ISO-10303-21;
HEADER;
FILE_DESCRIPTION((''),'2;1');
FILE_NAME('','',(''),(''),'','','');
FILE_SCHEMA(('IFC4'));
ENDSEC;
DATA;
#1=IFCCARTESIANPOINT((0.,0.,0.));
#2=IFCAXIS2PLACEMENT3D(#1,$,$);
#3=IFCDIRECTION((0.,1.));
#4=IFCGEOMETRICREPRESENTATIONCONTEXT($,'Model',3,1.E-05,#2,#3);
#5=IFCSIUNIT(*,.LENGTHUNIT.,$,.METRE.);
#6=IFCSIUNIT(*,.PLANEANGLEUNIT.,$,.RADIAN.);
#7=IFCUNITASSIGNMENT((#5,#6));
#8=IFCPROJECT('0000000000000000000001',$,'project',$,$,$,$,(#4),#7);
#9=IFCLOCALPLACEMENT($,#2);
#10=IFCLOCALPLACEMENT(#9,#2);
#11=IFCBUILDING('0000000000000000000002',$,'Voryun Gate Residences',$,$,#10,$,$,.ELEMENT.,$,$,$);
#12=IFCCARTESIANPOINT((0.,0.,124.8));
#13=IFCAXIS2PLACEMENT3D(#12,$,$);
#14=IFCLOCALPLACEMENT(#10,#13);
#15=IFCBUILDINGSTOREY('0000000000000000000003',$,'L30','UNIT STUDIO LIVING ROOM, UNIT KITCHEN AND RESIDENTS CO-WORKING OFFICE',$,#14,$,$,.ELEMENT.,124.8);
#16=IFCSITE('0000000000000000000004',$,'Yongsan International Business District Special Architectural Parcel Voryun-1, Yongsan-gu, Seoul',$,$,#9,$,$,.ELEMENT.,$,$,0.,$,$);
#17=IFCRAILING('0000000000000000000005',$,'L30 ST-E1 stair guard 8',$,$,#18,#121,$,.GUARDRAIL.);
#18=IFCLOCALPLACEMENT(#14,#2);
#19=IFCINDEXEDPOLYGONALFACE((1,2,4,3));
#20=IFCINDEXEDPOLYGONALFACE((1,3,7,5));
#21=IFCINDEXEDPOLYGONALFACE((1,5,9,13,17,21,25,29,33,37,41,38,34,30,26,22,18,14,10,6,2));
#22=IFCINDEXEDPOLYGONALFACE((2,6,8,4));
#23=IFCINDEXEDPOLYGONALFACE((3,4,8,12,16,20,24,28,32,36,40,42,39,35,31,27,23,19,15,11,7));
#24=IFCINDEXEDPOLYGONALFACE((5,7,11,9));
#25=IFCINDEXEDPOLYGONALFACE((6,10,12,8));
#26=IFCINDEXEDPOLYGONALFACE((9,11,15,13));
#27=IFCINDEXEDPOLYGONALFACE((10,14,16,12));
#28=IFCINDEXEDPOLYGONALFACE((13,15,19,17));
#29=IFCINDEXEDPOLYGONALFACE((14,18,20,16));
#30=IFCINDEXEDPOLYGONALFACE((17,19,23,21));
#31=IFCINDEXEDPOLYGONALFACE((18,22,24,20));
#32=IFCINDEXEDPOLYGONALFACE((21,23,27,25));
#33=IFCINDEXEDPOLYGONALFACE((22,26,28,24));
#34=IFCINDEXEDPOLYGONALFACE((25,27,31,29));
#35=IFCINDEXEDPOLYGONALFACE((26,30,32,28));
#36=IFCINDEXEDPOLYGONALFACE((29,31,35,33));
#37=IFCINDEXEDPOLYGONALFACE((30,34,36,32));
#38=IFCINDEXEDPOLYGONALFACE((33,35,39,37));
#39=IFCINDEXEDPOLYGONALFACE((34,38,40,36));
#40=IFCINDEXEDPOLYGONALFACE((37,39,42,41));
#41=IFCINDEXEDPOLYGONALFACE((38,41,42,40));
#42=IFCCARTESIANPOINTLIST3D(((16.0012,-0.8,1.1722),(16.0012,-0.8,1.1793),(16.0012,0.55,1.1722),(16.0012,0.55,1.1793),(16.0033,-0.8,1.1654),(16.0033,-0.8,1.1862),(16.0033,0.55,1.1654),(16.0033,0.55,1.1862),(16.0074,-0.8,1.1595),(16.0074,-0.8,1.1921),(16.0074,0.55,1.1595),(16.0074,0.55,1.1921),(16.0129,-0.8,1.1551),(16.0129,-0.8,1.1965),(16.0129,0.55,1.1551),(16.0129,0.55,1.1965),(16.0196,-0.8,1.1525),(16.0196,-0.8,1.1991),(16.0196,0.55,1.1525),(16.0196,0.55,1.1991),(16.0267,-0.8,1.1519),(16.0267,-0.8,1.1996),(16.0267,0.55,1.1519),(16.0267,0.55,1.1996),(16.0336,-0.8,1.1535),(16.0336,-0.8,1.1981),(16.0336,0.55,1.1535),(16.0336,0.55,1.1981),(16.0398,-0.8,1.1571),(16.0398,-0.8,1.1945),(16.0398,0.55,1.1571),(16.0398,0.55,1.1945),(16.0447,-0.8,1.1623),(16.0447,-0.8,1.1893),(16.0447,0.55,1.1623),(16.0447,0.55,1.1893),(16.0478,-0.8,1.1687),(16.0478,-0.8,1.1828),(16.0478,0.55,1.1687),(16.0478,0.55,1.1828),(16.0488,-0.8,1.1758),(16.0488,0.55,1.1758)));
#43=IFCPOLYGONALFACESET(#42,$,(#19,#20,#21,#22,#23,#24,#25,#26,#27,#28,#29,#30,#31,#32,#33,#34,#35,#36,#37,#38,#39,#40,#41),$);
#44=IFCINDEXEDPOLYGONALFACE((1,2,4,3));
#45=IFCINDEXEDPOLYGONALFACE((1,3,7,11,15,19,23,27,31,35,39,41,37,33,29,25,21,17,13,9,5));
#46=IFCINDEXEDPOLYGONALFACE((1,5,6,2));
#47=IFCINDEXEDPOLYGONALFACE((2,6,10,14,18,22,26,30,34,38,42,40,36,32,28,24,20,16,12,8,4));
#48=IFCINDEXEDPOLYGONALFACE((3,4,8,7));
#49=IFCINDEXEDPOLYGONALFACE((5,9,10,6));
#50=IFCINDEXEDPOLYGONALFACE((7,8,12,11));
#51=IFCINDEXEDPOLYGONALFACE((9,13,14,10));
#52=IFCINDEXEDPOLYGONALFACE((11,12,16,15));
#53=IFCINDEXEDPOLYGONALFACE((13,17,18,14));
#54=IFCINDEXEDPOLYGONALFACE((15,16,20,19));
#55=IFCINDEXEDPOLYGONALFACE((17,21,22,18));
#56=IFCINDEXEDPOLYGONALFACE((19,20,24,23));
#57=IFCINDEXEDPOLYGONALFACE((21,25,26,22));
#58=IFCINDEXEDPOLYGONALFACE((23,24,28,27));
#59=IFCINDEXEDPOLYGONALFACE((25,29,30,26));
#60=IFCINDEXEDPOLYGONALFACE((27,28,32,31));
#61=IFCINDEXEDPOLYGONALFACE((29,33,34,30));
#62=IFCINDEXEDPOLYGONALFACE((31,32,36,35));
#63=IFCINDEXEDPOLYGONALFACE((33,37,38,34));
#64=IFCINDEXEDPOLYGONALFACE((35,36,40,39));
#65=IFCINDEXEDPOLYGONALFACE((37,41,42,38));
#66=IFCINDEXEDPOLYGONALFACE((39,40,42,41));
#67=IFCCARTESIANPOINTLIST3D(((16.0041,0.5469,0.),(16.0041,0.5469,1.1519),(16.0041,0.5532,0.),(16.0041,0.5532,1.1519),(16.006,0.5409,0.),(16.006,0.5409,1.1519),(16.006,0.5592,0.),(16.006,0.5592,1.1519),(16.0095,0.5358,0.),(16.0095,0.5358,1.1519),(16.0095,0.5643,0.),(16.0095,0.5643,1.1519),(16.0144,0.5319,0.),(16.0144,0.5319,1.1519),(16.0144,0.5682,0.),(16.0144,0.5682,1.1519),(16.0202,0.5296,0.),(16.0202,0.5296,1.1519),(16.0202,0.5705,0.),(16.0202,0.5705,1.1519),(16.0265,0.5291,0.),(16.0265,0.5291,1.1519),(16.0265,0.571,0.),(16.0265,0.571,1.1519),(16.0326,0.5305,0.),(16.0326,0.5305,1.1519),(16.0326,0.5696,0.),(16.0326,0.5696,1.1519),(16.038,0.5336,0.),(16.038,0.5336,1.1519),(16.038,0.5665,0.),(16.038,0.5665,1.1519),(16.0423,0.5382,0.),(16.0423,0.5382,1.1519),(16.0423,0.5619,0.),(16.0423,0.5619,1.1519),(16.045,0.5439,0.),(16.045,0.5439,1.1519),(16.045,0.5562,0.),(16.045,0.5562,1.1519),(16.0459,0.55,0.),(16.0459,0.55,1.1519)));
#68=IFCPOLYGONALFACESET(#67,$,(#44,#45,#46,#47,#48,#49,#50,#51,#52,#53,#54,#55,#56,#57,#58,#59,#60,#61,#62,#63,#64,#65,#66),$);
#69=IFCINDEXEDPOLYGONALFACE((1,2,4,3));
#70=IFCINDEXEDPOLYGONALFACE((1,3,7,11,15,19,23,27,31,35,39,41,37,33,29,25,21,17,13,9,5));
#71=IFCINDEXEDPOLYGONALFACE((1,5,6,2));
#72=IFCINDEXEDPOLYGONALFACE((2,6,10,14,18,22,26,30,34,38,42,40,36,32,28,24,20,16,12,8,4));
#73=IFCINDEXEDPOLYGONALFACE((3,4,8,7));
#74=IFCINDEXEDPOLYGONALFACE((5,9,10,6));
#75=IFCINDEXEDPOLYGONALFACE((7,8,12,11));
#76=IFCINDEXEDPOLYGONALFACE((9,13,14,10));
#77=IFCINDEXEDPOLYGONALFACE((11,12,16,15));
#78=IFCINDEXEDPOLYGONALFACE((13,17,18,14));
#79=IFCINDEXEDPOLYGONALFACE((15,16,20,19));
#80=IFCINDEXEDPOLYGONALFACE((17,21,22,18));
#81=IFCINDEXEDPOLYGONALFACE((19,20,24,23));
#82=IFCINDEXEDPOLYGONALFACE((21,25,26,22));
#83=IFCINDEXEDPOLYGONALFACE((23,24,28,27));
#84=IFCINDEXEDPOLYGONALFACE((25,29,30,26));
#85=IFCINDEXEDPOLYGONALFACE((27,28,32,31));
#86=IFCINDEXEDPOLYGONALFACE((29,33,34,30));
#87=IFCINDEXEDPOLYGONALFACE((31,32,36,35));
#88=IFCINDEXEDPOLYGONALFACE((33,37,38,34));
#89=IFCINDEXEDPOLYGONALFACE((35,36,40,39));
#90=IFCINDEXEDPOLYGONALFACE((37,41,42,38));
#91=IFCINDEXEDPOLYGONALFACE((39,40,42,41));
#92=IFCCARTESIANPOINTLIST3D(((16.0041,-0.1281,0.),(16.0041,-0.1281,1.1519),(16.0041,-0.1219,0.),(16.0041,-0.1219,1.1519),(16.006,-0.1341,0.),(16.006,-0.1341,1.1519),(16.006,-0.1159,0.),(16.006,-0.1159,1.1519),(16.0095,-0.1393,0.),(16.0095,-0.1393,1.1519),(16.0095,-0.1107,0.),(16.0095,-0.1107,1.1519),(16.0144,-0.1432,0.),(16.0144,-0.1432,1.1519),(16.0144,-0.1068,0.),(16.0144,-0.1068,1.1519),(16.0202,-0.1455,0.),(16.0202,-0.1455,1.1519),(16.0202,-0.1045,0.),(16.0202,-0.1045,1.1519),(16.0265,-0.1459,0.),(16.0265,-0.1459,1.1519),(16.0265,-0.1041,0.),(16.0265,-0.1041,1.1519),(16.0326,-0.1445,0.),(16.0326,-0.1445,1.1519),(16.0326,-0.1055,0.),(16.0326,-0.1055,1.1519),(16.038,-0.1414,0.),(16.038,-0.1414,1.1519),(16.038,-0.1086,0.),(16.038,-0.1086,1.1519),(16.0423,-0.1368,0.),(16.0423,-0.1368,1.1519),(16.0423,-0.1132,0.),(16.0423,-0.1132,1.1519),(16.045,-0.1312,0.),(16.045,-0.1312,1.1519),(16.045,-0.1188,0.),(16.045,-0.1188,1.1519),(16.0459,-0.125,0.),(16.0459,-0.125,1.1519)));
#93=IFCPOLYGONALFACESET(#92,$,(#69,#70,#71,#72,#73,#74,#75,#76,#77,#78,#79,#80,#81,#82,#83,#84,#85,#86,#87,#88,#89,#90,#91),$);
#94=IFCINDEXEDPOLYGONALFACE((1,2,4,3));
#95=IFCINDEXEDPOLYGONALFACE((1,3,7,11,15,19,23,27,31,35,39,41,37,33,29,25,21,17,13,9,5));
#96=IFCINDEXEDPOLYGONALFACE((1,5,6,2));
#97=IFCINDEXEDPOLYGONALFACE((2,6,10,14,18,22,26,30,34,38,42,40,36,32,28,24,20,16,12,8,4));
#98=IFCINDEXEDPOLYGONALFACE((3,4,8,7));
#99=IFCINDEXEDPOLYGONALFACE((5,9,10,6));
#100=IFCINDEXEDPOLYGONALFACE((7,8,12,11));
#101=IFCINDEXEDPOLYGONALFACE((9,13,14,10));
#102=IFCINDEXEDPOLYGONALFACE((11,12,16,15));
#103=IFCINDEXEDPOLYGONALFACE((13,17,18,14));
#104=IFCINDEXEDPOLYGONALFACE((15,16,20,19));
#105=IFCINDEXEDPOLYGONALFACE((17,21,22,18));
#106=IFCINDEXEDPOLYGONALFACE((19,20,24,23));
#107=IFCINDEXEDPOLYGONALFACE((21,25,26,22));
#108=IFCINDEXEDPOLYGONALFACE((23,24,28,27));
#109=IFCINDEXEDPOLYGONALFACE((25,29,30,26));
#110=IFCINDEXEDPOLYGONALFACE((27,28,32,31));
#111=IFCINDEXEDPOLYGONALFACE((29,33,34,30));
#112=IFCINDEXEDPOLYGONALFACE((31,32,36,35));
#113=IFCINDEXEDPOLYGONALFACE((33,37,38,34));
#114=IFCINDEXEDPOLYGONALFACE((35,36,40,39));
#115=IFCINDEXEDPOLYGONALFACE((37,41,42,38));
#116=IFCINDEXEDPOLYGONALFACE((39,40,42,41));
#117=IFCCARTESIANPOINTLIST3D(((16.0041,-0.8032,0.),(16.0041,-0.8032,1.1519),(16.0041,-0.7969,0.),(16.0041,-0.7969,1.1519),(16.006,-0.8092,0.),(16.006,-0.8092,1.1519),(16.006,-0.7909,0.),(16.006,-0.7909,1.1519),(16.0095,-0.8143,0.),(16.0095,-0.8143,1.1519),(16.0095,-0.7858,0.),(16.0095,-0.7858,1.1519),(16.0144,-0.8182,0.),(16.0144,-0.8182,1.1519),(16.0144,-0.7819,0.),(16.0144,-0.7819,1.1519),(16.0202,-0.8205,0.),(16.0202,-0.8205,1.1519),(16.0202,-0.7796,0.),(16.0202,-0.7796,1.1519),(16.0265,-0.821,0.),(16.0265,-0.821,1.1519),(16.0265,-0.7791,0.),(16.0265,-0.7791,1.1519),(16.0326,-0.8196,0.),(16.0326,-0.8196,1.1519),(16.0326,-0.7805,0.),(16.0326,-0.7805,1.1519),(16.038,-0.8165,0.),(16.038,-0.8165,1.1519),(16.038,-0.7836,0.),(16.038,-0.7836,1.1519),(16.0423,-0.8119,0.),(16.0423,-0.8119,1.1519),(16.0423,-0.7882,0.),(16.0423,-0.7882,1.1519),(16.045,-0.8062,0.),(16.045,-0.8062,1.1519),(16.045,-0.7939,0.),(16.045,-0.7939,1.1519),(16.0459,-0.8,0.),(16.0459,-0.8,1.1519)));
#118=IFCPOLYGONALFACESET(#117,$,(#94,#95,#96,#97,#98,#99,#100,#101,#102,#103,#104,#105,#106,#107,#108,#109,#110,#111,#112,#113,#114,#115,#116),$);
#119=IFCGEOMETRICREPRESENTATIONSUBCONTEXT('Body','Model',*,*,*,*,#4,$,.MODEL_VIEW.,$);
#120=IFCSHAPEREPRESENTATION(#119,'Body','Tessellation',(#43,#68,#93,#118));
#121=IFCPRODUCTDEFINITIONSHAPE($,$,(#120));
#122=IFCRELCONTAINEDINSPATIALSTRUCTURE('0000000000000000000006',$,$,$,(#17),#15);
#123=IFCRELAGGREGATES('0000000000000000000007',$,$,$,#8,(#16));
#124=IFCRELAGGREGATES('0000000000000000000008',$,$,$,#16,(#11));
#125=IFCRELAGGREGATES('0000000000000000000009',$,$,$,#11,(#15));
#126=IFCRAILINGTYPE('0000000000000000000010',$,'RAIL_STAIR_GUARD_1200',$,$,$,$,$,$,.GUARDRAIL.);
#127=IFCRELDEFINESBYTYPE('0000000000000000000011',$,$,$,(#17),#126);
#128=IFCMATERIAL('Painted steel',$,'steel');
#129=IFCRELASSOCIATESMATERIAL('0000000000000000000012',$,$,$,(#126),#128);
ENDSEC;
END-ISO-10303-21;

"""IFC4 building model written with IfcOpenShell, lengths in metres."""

from ifc_helpers import new_model, si_unit, direction, frame, origin, origin_2d, place, context, subcontext, project, spatial, circle, extrude, material, type_object, element, save


model = new_model("IFC4")

# Units and contexts
model_context = context("Model", 3, precision=1e-05, world=origin(), true_north=direction((0.0, 1.0)))
body_context = subcontext(model_context, "Body", "Model", "MODEL_VIEW")
ifc_project = project(units=[si_unit("LENGTHUNIT", "METRE"), si_unit("PLANEANGLEUNIT", "RADIAN")], contexts=[model_context])

# Site, building, storey
site_placement = place(None, origin())
site = spatial("IfcSite", under=ifc_project, at=site_placement, Name="Yongsan International Business District Special Architectural Parcel Voryun-1, Yongsan-gu, Seoul", CompositionType="ELEMENT", RefElevation=0.0)
building_placement = place(site_placement, origin())
building = spatial("IfcBuilding", under=site, at=building_placement, Name="Voryun Gate Residences", CompositionType="ELEMENT")
storey_placement = place(building_placement, frame((0.0, 0.0, 124.8)))
storey = spatial("IfcBuildingStorey", under=building, at=storey_placement, Name="L30", Description="UNIT STUDIO LIVING ROOM, UNIT KITCHEN AND RESIDENTS CO-WORKING OFFICE", CompositionType="ELEMENT", Elevation=124.8)

# Railing
ifc_material_1 = material(Name="Painted steel", Category="steel")
railing_type = type_object("IfcRailingType", Name="RAIL_STAIR_GUARD_1200", PredefinedType="GUARDRAIL", material=ifc_material_1)
railing_placement = place(storey_placement, frame((16.0249, 0.55, 0.0)))
element("IfcRailing", 1, at=railing_placement, inside=storey, type_object=railing_type, Name="L30 ST-E1 stair guard 8", PredefinedType="GUARDRAIL", context=body_context, shape_type="SweptSolid", body=[
    extrude(circle(Radius=0.0239, at=origin_2d()), frame((0.0, 0.0, 1.1758), z_axis=(0.0, -1.0, 0.0), x_axis=(1.0, 0.0, 0.0)), (0.0, 0.0, 1.0), 1.3501),
    extrude(circle(Radius=0.021, at=origin_2d()), origin(), (0.0, 0.0, 1.0), 1.1519),
    extrude(circle(Radius=0.021, at=origin_2d()), frame((0.0, -0.675, 0.0)), (0.0, 0.0, 1.0), 1.1519),
    extrude(circle(Radius=0.021, at=origin_2d()), frame((0.0, -1.3501, 0.0)), (0.0, 0.0, 1.0), 1.1519),
])

save(model, "model.ifc")
